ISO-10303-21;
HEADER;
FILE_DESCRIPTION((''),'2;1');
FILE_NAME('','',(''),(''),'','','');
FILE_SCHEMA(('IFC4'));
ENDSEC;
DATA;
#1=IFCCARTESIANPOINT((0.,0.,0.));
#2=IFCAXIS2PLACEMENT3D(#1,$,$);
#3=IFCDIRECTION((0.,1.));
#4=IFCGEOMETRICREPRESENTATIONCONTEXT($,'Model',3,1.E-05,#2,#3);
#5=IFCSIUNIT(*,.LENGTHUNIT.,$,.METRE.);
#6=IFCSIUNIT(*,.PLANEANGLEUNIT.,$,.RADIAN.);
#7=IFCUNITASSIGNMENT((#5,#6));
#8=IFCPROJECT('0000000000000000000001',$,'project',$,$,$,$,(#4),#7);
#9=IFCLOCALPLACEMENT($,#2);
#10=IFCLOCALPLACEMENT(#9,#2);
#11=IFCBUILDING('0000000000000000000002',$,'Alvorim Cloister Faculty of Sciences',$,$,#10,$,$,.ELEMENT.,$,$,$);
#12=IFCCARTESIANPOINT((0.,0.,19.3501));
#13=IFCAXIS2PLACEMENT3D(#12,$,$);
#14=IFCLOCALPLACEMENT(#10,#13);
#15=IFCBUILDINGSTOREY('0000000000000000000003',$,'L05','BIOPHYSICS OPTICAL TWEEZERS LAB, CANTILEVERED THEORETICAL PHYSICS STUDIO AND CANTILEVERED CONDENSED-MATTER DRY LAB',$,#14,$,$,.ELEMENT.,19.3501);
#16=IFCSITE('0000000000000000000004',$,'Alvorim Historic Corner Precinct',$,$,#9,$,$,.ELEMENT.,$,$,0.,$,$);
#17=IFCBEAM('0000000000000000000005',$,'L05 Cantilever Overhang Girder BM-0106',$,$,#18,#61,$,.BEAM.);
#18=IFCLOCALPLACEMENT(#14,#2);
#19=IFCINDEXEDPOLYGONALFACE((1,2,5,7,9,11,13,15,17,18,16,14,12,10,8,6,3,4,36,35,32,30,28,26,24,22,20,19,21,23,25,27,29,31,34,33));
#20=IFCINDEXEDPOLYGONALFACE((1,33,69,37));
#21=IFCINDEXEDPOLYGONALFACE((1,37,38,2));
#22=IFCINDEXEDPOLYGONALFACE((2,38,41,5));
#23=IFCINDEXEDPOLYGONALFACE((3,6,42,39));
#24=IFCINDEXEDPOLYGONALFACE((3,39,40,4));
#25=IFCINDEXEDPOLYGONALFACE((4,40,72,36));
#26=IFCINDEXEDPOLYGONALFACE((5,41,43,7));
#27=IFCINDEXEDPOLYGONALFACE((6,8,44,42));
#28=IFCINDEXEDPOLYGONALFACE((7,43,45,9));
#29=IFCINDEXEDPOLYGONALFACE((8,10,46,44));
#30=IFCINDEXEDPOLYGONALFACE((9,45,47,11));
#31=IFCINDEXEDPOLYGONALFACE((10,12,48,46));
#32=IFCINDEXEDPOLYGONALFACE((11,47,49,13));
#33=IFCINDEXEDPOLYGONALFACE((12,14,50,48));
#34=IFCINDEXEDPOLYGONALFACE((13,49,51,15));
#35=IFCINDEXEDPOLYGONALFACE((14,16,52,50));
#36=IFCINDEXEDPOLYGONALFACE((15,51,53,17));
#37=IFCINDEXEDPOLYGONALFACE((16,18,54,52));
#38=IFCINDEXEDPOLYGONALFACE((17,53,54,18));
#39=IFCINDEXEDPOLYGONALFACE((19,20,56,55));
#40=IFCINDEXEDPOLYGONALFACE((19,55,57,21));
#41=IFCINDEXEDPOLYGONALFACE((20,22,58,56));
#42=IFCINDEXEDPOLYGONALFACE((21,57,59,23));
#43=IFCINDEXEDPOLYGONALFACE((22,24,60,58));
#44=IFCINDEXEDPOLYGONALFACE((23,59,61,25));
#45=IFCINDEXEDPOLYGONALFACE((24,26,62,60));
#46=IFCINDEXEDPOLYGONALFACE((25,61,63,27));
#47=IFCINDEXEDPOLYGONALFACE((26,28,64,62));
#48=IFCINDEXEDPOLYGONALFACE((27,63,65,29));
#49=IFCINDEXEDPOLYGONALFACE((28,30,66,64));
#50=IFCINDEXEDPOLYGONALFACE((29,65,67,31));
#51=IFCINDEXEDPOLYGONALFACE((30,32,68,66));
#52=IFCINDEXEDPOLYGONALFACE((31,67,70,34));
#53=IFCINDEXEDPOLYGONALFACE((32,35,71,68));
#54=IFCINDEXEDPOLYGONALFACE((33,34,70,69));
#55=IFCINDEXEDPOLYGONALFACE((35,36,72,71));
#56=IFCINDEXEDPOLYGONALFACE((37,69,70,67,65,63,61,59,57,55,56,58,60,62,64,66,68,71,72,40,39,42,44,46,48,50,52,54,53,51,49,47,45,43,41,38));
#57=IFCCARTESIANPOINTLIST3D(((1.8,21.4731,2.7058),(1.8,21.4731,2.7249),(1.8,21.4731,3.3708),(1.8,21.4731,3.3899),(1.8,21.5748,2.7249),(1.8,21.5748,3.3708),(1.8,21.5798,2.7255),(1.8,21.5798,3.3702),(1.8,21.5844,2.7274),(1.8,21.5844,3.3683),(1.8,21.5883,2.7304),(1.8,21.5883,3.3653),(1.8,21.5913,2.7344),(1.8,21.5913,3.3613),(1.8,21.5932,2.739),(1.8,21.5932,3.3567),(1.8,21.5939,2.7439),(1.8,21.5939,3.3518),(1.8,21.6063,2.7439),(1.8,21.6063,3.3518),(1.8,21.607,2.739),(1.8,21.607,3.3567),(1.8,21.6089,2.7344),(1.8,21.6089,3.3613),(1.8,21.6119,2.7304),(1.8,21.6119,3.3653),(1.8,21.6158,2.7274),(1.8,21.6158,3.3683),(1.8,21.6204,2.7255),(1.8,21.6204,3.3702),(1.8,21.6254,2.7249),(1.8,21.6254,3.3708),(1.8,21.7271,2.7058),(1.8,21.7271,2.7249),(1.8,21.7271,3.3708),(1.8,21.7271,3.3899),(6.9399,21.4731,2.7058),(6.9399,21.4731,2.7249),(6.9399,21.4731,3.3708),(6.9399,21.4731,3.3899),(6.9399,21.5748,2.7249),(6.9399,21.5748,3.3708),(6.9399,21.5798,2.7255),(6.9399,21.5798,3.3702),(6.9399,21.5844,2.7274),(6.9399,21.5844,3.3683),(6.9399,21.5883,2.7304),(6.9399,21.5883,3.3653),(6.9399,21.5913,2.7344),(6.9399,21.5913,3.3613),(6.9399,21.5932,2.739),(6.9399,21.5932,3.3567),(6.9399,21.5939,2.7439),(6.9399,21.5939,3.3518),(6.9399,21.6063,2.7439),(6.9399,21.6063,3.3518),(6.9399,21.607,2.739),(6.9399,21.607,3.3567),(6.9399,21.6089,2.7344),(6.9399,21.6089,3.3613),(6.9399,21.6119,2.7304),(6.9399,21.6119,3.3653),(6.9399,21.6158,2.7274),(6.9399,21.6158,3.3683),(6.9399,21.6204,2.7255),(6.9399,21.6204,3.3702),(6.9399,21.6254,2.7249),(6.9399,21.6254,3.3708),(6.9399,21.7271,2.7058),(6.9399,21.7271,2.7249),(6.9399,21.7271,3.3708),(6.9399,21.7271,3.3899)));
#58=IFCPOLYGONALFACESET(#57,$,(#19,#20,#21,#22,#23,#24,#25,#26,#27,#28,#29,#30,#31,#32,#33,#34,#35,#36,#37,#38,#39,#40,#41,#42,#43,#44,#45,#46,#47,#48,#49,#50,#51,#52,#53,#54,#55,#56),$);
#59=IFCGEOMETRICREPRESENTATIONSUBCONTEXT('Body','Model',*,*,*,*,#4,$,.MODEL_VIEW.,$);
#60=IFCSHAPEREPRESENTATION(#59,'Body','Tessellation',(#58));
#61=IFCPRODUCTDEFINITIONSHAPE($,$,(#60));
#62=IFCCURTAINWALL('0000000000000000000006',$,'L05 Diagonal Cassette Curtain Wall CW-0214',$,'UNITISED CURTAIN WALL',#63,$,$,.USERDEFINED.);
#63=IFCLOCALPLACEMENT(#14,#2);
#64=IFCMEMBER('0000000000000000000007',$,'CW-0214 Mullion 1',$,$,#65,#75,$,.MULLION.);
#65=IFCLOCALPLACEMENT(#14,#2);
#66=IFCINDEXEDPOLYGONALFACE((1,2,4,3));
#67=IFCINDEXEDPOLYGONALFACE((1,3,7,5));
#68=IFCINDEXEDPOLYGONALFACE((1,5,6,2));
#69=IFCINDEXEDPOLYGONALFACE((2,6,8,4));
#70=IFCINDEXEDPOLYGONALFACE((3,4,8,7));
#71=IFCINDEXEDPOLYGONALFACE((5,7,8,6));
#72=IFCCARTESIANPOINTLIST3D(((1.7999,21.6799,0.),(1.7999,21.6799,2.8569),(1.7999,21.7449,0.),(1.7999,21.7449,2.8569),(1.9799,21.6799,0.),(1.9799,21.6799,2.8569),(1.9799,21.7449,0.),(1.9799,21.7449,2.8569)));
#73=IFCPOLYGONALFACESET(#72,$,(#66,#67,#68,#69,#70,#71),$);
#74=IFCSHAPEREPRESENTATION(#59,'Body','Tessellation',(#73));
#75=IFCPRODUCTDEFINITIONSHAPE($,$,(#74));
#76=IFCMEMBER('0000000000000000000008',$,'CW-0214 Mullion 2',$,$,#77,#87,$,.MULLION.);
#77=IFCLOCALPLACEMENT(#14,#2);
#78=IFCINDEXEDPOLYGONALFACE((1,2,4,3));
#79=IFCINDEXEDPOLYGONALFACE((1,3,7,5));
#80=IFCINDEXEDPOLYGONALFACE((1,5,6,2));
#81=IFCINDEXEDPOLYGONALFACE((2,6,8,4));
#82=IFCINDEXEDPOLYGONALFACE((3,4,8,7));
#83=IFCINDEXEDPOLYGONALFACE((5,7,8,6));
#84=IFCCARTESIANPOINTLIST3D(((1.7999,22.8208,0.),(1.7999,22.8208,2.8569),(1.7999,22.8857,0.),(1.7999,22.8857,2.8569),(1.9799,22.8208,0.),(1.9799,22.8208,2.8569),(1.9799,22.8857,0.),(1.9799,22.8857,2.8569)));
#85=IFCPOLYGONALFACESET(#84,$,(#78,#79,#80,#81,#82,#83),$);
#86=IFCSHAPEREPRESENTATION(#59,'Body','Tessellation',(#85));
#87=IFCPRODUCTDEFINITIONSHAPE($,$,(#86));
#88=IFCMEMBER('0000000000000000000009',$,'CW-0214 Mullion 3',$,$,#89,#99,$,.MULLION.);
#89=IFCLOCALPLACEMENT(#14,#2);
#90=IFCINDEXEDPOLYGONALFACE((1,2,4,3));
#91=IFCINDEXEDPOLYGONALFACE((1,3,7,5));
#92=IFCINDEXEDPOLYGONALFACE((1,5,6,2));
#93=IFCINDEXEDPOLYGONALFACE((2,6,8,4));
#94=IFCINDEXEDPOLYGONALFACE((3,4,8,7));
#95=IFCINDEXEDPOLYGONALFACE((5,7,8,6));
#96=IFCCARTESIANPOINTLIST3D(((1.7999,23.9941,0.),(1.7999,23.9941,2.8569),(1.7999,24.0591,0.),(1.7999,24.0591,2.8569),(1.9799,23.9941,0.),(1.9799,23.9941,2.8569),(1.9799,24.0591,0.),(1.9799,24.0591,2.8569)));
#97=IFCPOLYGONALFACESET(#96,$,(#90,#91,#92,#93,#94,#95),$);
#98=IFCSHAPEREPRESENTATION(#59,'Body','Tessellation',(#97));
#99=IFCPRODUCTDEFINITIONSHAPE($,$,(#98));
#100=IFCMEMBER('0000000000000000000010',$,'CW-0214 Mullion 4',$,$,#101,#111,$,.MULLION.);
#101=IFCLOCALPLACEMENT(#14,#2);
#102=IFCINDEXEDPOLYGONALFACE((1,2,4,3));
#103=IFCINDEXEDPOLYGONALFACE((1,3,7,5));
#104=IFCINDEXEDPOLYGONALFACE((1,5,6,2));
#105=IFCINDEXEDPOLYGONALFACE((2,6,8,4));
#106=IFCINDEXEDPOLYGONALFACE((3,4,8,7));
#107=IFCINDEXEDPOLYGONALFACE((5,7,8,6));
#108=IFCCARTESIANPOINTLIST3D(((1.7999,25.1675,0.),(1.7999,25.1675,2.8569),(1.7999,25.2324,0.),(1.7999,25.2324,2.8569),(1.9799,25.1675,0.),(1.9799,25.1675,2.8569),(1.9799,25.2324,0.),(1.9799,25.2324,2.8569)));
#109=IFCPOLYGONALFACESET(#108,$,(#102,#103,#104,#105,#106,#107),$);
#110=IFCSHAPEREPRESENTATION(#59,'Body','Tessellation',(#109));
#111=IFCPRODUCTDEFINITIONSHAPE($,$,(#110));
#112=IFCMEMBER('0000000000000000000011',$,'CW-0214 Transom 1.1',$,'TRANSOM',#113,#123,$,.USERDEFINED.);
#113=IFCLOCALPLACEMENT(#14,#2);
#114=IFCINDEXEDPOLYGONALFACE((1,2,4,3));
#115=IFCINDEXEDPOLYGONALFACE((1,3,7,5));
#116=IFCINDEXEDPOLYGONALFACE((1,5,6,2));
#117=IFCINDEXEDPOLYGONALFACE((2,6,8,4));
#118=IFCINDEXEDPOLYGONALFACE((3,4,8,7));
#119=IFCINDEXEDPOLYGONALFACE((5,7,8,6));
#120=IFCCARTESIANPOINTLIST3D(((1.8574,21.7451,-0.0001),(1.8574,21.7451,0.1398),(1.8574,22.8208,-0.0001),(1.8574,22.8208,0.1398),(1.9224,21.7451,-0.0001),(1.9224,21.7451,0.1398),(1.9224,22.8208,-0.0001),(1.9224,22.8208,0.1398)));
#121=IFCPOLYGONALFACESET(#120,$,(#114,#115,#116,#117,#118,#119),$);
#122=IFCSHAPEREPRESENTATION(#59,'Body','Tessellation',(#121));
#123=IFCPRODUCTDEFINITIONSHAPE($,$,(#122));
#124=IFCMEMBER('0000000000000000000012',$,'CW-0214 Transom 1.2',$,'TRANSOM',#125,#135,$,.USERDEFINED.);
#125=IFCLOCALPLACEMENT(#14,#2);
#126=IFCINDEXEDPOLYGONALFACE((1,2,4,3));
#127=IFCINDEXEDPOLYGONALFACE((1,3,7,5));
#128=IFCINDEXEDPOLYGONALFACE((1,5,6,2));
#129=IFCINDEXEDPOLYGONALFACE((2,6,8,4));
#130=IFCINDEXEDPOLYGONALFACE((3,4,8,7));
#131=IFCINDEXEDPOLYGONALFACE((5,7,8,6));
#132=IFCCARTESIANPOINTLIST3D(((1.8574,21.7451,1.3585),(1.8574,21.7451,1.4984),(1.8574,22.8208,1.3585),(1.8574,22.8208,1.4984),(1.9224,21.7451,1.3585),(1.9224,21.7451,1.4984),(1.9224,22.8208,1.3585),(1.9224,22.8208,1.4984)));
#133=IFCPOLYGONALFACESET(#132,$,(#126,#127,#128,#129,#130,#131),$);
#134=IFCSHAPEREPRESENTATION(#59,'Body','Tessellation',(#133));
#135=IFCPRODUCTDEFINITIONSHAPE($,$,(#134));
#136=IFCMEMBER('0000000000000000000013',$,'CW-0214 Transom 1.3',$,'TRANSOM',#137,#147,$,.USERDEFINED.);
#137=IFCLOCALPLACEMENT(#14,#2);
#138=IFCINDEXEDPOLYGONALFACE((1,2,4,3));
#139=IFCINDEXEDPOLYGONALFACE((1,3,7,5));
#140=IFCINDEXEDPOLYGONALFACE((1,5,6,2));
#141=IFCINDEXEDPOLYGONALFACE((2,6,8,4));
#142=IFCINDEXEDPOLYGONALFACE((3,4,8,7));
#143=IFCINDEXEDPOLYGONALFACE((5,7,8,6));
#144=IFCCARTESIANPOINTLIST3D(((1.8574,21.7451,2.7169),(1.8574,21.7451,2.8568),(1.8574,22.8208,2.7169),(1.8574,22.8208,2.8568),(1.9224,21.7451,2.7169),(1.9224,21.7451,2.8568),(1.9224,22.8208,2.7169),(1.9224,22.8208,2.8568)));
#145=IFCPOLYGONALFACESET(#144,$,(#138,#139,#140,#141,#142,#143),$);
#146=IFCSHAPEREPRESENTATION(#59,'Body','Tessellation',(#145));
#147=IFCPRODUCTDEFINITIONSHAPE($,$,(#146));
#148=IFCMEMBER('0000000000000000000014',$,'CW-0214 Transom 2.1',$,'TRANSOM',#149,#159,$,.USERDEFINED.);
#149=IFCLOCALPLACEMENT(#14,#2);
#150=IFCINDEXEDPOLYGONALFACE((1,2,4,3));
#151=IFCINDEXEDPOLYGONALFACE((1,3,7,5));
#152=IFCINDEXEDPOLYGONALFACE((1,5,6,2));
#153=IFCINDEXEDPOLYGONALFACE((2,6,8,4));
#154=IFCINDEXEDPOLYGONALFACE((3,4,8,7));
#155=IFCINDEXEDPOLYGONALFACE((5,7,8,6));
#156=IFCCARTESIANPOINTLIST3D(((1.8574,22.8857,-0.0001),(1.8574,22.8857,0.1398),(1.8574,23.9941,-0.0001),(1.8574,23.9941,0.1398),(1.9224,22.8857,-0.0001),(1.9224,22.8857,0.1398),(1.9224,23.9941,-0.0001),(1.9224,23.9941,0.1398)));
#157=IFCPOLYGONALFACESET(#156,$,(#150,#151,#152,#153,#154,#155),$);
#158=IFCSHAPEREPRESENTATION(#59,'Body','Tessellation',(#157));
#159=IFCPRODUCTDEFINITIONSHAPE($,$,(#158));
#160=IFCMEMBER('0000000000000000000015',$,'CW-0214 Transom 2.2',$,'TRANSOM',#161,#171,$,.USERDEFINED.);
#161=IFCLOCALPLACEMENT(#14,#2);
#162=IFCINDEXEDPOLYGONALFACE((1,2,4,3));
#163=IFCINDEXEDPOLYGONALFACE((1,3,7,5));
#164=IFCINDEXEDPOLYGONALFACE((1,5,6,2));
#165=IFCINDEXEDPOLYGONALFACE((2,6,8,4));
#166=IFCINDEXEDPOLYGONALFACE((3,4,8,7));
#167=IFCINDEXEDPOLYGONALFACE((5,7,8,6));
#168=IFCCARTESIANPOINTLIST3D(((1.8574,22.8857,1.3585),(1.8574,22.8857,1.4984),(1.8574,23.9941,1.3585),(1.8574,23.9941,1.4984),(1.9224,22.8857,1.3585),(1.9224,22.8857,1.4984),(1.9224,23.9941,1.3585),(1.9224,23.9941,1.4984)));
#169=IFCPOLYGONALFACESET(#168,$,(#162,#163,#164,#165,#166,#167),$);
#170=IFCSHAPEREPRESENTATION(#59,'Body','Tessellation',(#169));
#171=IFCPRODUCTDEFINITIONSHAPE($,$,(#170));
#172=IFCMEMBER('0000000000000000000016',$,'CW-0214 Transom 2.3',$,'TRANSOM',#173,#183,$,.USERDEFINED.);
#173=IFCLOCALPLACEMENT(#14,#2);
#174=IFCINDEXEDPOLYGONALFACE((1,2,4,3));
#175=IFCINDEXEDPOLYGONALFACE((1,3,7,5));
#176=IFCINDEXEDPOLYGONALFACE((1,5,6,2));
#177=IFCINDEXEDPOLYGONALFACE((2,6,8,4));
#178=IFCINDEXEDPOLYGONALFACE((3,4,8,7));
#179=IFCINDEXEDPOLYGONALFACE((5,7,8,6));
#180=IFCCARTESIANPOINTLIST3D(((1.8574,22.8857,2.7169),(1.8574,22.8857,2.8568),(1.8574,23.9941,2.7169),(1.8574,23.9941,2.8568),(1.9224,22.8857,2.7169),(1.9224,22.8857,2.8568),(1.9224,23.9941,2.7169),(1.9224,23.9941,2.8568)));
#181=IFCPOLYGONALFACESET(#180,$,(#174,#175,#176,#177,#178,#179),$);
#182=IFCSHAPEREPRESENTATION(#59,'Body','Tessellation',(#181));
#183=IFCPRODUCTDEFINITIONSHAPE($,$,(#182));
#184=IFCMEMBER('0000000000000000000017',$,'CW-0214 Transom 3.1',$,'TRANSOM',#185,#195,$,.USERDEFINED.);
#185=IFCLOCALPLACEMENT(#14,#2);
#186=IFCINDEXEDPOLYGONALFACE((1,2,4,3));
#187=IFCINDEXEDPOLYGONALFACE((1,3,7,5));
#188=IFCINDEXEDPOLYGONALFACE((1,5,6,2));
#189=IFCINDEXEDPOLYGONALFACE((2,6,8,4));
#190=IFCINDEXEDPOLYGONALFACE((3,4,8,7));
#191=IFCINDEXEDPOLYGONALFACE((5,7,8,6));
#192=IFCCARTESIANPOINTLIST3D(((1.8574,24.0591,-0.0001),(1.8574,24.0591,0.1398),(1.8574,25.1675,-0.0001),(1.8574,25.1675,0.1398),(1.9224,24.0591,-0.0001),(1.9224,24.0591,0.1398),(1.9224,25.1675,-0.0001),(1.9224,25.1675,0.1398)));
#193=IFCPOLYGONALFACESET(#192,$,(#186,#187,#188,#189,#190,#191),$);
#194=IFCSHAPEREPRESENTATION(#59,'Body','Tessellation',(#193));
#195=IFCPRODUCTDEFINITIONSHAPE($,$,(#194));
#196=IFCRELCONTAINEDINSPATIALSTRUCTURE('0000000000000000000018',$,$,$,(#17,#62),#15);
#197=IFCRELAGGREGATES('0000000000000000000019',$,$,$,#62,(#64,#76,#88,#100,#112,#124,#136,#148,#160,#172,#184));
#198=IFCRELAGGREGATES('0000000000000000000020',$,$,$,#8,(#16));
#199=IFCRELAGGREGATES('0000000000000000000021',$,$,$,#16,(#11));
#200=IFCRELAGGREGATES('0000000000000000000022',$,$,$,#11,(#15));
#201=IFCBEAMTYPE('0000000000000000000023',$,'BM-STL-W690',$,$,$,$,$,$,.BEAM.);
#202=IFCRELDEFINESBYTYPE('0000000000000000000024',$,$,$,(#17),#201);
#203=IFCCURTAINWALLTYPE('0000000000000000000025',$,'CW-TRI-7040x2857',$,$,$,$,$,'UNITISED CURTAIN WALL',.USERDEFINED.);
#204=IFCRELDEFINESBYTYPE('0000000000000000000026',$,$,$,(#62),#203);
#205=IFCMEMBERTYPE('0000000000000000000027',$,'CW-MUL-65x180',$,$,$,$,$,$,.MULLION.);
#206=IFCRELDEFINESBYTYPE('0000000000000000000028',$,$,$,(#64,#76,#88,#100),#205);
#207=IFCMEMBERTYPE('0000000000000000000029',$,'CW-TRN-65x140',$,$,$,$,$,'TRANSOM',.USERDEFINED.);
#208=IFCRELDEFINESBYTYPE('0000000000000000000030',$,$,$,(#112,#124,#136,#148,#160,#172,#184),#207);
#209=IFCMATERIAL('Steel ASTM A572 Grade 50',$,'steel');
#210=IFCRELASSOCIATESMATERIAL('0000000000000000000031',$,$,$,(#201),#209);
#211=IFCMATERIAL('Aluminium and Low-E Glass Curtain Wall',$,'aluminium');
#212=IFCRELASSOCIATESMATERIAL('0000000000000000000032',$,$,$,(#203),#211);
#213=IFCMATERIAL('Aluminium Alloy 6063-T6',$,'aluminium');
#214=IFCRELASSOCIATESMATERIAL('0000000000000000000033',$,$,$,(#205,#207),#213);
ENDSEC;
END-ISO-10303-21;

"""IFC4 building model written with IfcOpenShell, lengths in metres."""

from ifc_helpers import new_model, si_unit, direction, frame, origin, origin_2d, place, context, subcontext, project, spatial, rectangle, i_section, extrude, material, material_profile, profile_set, type_object, element, aggregate, save


model = new_model("IFC4")

# Units and contexts
model_context = context("Model", 3, precision=1e-05, world=origin(), true_north=direction((0.0, 1.0)))
body_context = subcontext(model_context, "Body", "Model", "MODEL_VIEW")
ifc_project = project(units=[si_unit("LENGTHUNIT", "METRE"), si_unit("PLANEANGLEUNIT", "RADIAN")], contexts=[model_context])

# Site, building, storey
site_placement = place(None, origin())
site = spatial("IfcSite", under=ifc_project, at=site_placement, Name="Alvorim Historic Corner Precinct", CompositionType="ELEMENT", RefElevation=0.0)
building_placement = place(site_placement, origin())
building = spatial("IfcBuilding", under=site, at=building_placement, Name="Alvorim Cloister Faculty of Sciences", CompositionType="ELEMENT")
storey_placement = place(building_placement, frame((0.0, 0.0, 19.3501)))
storey = spatial("IfcBuildingStorey", under=building, at=storey_placement, Name="L05", Description="BIOPHYSICS OPTICAL TWEEZERS LAB, CANTILEVERED THEORETICAL PHYSICS STUDIO AND CANTILEVERED CONDENSED-MATTER DRY LAB", CompositionType="ELEMENT", Elevation=19.3501)

# Beam
ifc_material_1 = material(Name="Steel ASTM A572 Grade 50", Category="steel")
ifc_material_profile_1 = material_profile(ifc_material_1, i_section(OverallWidth=0.2539, OverallDepth=0.6841, WebThickness=0.0125, FlangeThickness=0.019, FilletRadius=0.019, at=origin_2d()), Name="W690x140.0")
ifc_profile_set_1 = profile_set([ifc_material_profile_1], Name="Steel ASTM A572 Grade 50")
beam_type = type_object("IfcBeamType", Name="BM-STL-W690", PredefinedType="BEAM", material=ifc_profile_set_1)
beam_placement = place(storey_placement, frame((1.8, 21.6001, 3.0479), z_axis=(1.0, 0.0, 0.0), x_axis=(0.0, 1.0, 0.0)))
element("IfcBeam", 1, at=beam_placement, inside=storey, type_object=beam_type, Name="L05 Cantilever Overhang Girder BM-0106", PredefinedType="BEAM", context=body_context, shape_type="SweptSolid", body=[
    extrude(i_section(OverallWidth=0.2539, OverallDepth=0.6841, WebThickness=0.0125, FlangeThickness=0.019, FilletRadius=0.019, at=origin_2d()), origin(), (0.0, 0.0, 1.0), 5.1399),
])

# Curtain wall, members
ifc_material_2 = material(Name="Aluminium and Low-E Glass Curtain Wall", Category="aluminium")
curtain_wall_type = type_object("IfcCurtainWallType", Name="CW-TRI-7040x2857", ElementType="UNITISED CURTAIN WALL", PredefinedType="USERDEFINED", material=ifc_material_2)
curtain_wall_placement = place(storey_placement, origin())
curtain_wall = element("IfcCurtainWall", 2, at=curtain_wall_placement, inside=storey, type_object=curtain_wall_type, Name="L05 Diagonal Cassette Curtain Wall CW-0214", ObjectType="UNITISED CURTAIN WALL", PredefinedType="USERDEFINED")
ifc_material_3 = material(Name="Aluminium Alloy 6063-T6", Category="aluminium")
ifc_material_profile_2 = material_profile(ifc_material_3, rectangle(XDim=0.0649, YDim=0.1799, at=origin_2d()), Name="ALU-MUL-65x180")
ifc_profile_set_2 = profile_set([ifc_material_profile_2], Name="Aluminium Alloy 6063-T6")
member_type_1 = type_object("IfcMemberType", Name="CW-MUL-65x180", PredefinedType="MULLION", material=ifc_profile_set_2)
member_1_placement = place(storey_placement, frame((1.8899, 21.7124, 0.0), z_axis=(0.0, 0.0, 1.0), x_axis=(0.0, 1.0, 0.0)))
member_1 = element("IfcMember", 3, at=member_1_placement, type_object=member_type_1, Name="CW-0214 Mullion 1", PredefinedType="MULLION", context=body_context, shape_type="SweptSolid", body=[
    extrude(rectangle(XDim=0.0649, YDim=0.1799, at=origin_2d()), origin(), (0.0, 0.0, 1.0), 2.8569),
])
member_2_placement = place(storey_placement, frame((1.8899, 22.8533, 0.0), z_axis=(0.0, 0.0, 1.0), x_axis=(0.0, 1.0, 0.0)))
member_2 = element("IfcMember", 4, at=member_2_placement, type_object=member_type_1, Name="CW-0214 Mullion 2", PredefinedType="MULLION", context=body_context, shape_type="SweptSolid", body=[
    extrude(rectangle(XDim=0.0649, YDim=0.1799, at=origin_2d()), origin(), (0.0, 0.0, 1.0), 2.8569),
])
member_3_placement = place(storey_placement, frame((1.8899, 24.0266, 0.0), z_axis=(0.0, 0.0, 1.0), x_axis=(0.0, 1.0, 0.0)))
member_3 = element("IfcMember", 5, at=member_3_placement, type_object=member_type_1, Name="CW-0214 Mullion 3", PredefinedType="MULLION", context=body_context, shape_type="SweptSolid", body=[
    extrude(rectangle(XDim=0.0649, YDim=0.1799, at=origin_2d()), origin(), (0.0, 0.0, 1.0), 2.8569),
])
member_4_placement = place(storey_placement, frame((1.8899, 25.2, 0.0), z_axis=(0.0, 0.0, 1.0), x_axis=(0.0, 1.0, 0.0)))
member_4 = element("IfcMember", 6, at=member_4_placement, type_object=member_type_1, Name="CW-0214 Mullion 4", PredefinedType="MULLION", context=body_context, shape_type="SweptSolid", body=[
    extrude(rectangle(XDim=0.0649, YDim=0.1799, at=origin_2d()), origin(), (0.0, 0.0, 1.0), 2.8569),
])
ifc_material_profile_3 = material_profile(ifc_material_3, rectangle(XDim=0.0649, YDim=0.1399, at=origin_2d()), Name="ALU-TRN-65x140")
ifc_profile_set_3 = profile_set([ifc_material_profile_3], Name="Aluminium Alloy 6063-T6")
member_type_2 = type_object("IfcMemberType", Name="CW-TRN-65x140", ElementType="TRANSOM", PredefinedType="USERDEFINED", material=ifc_profile_set_3)
member_5_placement = place(storey_placement, frame((1.8899, 21.7451, 0.0698), z_axis=(0.0, 1.0, 0.0), x_axis=(-1.0, 0.0, 0.0)))
member_5 = element("IfcMember", 7, at=member_5_placement, type_object=member_type_2, Name="CW-0214 Transom 1.1", ObjectType="TRANSOM", PredefinedType="USERDEFINED", context=body_context, shape_type="SweptSolid", body=[
    extrude(rectangle(XDim=0.0649, YDim=0.1399, at=origin_2d()), origin(), (0.0, 0.0, 1.0), 1.0757),
])
member_6_placement = place(storey_placement, frame((1.8899, 21.7451, 1.4285), z_axis=(0.0, 1.0, 0.0), x_axis=(-1.0, 0.0, 0.0)))
member_6 = element("IfcMember", 8, at=member_6_placement, type_object=member_type_2, Name="CW-0214 Transom 1.2", ObjectType="TRANSOM", PredefinedType="USERDEFINED", context=body_context, shape_type="SweptSolid", body=[
    extrude(rectangle(XDim=0.0649, YDim=0.1399, at=origin_2d()), origin(), (0.0, 0.0, 1.0), 1.0757),
])
member_7_placement = place(storey_placement, frame((1.8899, 21.7451, 2.7869), z_axis=(0.0, 1.0, 0.0), x_axis=(-1.0, 0.0, 0.0)))
member_7 = element("IfcMember", 9, at=member_7_placement, type_object=member_type_2, Name="CW-0214 Transom 1.3", ObjectType="TRANSOM", PredefinedType="USERDEFINED", context=body_context, shape_type="SweptSolid", body=[
    extrude(rectangle(XDim=0.0649, YDim=0.1399, at=origin_2d()), origin(), (0.0, 0.0, 1.0), 1.0757),
])
member_8_placement = place(storey_placement, frame((1.8899, 22.8857, 0.0698), z_axis=(0.0, 1.0, 0.0), x_axis=(-1.0, 0.0, 0.0)))
member_8 = element("IfcMember", 10, at=member_8_placement, type_object=member_type_2, Name="CW-0214 Transom 2.1", ObjectType="TRANSOM", PredefinedType="USERDEFINED", context=body_context, shape_type="SweptSolid", body=[
    extrude(rectangle(XDim=0.0649, YDim=0.1399, at=origin_2d()), origin(), (0.0, 0.0, 1.0), 1.1084),
])
member_9_placement = place(storey_placement, frame((1.8899, 22.8857, 1.4285), z_axis=(0.0, 1.0, 0.0), x_axis=(-1.0, 0.0, 0.0)))
member_9 = element("IfcMember", 11, at=member_9_placement, type_object=member_type_2, Name="CW-0214 Transom 2.2", ObjectType="TRANSOM", PredefinedType="USERDEFINED", context=body_context, shape_type="SweptSolid", body=[
    extrude(rectangle(XDim=0.0649, YDim=0.1399, at=origin_2d()), origin(), (0.0, 0.0, 1.0), 1.1084),
])
member_10_placement = place(storey_placement, frame((1.8899, 22.8857, 2.7869), z_axis=(0.0, 1.0, 0.0), x_axis=(-1.0, 0.0, 0.0)))
member_10 = element("IfcMember", 12, at=member_10_placement, type_object=member_type_2, Name="CW-0214 Transom 2.3", ObjectType="TRANSOM", PredefinedType="USERDEFINED", context=body_context, shape_type="SweptSolid", body=[
    extrude(rectangle(XDim=0.0649, YDim=0.1399, at=origin_2d()), origin(), (0.0, 0.0, 1.0), 1.1084),
])
member_11_placement = place(storey_placement, frame((1.8899, 24.0591, 0.0698), z_axis=(0.0, 1.0, 0.0), x_axis=(-1.0, 0.0, 0.0)))
member_11 = element("IfcMember", 13, at=member_11_placement, type_object=member_type_2, Name="CW-0214 Transom 3.1", ObjectType="TRANSOM", PredefinedType="USERDEFINED", context=body_context, shape_type="SweptSolid", body=[
    extrude(rectangle(XDim=0.0649, YDim=0.1399, at=origin_2d()), origin(), (0.0, 0.0, 1.0), 1.1084),
])
aggregate(curtain_wall, [member_1, member_2, member_3, member_4, member_5, member_6, member_7, member_8, member_9, member_10, member_11])

save(model, "model.ifc")
